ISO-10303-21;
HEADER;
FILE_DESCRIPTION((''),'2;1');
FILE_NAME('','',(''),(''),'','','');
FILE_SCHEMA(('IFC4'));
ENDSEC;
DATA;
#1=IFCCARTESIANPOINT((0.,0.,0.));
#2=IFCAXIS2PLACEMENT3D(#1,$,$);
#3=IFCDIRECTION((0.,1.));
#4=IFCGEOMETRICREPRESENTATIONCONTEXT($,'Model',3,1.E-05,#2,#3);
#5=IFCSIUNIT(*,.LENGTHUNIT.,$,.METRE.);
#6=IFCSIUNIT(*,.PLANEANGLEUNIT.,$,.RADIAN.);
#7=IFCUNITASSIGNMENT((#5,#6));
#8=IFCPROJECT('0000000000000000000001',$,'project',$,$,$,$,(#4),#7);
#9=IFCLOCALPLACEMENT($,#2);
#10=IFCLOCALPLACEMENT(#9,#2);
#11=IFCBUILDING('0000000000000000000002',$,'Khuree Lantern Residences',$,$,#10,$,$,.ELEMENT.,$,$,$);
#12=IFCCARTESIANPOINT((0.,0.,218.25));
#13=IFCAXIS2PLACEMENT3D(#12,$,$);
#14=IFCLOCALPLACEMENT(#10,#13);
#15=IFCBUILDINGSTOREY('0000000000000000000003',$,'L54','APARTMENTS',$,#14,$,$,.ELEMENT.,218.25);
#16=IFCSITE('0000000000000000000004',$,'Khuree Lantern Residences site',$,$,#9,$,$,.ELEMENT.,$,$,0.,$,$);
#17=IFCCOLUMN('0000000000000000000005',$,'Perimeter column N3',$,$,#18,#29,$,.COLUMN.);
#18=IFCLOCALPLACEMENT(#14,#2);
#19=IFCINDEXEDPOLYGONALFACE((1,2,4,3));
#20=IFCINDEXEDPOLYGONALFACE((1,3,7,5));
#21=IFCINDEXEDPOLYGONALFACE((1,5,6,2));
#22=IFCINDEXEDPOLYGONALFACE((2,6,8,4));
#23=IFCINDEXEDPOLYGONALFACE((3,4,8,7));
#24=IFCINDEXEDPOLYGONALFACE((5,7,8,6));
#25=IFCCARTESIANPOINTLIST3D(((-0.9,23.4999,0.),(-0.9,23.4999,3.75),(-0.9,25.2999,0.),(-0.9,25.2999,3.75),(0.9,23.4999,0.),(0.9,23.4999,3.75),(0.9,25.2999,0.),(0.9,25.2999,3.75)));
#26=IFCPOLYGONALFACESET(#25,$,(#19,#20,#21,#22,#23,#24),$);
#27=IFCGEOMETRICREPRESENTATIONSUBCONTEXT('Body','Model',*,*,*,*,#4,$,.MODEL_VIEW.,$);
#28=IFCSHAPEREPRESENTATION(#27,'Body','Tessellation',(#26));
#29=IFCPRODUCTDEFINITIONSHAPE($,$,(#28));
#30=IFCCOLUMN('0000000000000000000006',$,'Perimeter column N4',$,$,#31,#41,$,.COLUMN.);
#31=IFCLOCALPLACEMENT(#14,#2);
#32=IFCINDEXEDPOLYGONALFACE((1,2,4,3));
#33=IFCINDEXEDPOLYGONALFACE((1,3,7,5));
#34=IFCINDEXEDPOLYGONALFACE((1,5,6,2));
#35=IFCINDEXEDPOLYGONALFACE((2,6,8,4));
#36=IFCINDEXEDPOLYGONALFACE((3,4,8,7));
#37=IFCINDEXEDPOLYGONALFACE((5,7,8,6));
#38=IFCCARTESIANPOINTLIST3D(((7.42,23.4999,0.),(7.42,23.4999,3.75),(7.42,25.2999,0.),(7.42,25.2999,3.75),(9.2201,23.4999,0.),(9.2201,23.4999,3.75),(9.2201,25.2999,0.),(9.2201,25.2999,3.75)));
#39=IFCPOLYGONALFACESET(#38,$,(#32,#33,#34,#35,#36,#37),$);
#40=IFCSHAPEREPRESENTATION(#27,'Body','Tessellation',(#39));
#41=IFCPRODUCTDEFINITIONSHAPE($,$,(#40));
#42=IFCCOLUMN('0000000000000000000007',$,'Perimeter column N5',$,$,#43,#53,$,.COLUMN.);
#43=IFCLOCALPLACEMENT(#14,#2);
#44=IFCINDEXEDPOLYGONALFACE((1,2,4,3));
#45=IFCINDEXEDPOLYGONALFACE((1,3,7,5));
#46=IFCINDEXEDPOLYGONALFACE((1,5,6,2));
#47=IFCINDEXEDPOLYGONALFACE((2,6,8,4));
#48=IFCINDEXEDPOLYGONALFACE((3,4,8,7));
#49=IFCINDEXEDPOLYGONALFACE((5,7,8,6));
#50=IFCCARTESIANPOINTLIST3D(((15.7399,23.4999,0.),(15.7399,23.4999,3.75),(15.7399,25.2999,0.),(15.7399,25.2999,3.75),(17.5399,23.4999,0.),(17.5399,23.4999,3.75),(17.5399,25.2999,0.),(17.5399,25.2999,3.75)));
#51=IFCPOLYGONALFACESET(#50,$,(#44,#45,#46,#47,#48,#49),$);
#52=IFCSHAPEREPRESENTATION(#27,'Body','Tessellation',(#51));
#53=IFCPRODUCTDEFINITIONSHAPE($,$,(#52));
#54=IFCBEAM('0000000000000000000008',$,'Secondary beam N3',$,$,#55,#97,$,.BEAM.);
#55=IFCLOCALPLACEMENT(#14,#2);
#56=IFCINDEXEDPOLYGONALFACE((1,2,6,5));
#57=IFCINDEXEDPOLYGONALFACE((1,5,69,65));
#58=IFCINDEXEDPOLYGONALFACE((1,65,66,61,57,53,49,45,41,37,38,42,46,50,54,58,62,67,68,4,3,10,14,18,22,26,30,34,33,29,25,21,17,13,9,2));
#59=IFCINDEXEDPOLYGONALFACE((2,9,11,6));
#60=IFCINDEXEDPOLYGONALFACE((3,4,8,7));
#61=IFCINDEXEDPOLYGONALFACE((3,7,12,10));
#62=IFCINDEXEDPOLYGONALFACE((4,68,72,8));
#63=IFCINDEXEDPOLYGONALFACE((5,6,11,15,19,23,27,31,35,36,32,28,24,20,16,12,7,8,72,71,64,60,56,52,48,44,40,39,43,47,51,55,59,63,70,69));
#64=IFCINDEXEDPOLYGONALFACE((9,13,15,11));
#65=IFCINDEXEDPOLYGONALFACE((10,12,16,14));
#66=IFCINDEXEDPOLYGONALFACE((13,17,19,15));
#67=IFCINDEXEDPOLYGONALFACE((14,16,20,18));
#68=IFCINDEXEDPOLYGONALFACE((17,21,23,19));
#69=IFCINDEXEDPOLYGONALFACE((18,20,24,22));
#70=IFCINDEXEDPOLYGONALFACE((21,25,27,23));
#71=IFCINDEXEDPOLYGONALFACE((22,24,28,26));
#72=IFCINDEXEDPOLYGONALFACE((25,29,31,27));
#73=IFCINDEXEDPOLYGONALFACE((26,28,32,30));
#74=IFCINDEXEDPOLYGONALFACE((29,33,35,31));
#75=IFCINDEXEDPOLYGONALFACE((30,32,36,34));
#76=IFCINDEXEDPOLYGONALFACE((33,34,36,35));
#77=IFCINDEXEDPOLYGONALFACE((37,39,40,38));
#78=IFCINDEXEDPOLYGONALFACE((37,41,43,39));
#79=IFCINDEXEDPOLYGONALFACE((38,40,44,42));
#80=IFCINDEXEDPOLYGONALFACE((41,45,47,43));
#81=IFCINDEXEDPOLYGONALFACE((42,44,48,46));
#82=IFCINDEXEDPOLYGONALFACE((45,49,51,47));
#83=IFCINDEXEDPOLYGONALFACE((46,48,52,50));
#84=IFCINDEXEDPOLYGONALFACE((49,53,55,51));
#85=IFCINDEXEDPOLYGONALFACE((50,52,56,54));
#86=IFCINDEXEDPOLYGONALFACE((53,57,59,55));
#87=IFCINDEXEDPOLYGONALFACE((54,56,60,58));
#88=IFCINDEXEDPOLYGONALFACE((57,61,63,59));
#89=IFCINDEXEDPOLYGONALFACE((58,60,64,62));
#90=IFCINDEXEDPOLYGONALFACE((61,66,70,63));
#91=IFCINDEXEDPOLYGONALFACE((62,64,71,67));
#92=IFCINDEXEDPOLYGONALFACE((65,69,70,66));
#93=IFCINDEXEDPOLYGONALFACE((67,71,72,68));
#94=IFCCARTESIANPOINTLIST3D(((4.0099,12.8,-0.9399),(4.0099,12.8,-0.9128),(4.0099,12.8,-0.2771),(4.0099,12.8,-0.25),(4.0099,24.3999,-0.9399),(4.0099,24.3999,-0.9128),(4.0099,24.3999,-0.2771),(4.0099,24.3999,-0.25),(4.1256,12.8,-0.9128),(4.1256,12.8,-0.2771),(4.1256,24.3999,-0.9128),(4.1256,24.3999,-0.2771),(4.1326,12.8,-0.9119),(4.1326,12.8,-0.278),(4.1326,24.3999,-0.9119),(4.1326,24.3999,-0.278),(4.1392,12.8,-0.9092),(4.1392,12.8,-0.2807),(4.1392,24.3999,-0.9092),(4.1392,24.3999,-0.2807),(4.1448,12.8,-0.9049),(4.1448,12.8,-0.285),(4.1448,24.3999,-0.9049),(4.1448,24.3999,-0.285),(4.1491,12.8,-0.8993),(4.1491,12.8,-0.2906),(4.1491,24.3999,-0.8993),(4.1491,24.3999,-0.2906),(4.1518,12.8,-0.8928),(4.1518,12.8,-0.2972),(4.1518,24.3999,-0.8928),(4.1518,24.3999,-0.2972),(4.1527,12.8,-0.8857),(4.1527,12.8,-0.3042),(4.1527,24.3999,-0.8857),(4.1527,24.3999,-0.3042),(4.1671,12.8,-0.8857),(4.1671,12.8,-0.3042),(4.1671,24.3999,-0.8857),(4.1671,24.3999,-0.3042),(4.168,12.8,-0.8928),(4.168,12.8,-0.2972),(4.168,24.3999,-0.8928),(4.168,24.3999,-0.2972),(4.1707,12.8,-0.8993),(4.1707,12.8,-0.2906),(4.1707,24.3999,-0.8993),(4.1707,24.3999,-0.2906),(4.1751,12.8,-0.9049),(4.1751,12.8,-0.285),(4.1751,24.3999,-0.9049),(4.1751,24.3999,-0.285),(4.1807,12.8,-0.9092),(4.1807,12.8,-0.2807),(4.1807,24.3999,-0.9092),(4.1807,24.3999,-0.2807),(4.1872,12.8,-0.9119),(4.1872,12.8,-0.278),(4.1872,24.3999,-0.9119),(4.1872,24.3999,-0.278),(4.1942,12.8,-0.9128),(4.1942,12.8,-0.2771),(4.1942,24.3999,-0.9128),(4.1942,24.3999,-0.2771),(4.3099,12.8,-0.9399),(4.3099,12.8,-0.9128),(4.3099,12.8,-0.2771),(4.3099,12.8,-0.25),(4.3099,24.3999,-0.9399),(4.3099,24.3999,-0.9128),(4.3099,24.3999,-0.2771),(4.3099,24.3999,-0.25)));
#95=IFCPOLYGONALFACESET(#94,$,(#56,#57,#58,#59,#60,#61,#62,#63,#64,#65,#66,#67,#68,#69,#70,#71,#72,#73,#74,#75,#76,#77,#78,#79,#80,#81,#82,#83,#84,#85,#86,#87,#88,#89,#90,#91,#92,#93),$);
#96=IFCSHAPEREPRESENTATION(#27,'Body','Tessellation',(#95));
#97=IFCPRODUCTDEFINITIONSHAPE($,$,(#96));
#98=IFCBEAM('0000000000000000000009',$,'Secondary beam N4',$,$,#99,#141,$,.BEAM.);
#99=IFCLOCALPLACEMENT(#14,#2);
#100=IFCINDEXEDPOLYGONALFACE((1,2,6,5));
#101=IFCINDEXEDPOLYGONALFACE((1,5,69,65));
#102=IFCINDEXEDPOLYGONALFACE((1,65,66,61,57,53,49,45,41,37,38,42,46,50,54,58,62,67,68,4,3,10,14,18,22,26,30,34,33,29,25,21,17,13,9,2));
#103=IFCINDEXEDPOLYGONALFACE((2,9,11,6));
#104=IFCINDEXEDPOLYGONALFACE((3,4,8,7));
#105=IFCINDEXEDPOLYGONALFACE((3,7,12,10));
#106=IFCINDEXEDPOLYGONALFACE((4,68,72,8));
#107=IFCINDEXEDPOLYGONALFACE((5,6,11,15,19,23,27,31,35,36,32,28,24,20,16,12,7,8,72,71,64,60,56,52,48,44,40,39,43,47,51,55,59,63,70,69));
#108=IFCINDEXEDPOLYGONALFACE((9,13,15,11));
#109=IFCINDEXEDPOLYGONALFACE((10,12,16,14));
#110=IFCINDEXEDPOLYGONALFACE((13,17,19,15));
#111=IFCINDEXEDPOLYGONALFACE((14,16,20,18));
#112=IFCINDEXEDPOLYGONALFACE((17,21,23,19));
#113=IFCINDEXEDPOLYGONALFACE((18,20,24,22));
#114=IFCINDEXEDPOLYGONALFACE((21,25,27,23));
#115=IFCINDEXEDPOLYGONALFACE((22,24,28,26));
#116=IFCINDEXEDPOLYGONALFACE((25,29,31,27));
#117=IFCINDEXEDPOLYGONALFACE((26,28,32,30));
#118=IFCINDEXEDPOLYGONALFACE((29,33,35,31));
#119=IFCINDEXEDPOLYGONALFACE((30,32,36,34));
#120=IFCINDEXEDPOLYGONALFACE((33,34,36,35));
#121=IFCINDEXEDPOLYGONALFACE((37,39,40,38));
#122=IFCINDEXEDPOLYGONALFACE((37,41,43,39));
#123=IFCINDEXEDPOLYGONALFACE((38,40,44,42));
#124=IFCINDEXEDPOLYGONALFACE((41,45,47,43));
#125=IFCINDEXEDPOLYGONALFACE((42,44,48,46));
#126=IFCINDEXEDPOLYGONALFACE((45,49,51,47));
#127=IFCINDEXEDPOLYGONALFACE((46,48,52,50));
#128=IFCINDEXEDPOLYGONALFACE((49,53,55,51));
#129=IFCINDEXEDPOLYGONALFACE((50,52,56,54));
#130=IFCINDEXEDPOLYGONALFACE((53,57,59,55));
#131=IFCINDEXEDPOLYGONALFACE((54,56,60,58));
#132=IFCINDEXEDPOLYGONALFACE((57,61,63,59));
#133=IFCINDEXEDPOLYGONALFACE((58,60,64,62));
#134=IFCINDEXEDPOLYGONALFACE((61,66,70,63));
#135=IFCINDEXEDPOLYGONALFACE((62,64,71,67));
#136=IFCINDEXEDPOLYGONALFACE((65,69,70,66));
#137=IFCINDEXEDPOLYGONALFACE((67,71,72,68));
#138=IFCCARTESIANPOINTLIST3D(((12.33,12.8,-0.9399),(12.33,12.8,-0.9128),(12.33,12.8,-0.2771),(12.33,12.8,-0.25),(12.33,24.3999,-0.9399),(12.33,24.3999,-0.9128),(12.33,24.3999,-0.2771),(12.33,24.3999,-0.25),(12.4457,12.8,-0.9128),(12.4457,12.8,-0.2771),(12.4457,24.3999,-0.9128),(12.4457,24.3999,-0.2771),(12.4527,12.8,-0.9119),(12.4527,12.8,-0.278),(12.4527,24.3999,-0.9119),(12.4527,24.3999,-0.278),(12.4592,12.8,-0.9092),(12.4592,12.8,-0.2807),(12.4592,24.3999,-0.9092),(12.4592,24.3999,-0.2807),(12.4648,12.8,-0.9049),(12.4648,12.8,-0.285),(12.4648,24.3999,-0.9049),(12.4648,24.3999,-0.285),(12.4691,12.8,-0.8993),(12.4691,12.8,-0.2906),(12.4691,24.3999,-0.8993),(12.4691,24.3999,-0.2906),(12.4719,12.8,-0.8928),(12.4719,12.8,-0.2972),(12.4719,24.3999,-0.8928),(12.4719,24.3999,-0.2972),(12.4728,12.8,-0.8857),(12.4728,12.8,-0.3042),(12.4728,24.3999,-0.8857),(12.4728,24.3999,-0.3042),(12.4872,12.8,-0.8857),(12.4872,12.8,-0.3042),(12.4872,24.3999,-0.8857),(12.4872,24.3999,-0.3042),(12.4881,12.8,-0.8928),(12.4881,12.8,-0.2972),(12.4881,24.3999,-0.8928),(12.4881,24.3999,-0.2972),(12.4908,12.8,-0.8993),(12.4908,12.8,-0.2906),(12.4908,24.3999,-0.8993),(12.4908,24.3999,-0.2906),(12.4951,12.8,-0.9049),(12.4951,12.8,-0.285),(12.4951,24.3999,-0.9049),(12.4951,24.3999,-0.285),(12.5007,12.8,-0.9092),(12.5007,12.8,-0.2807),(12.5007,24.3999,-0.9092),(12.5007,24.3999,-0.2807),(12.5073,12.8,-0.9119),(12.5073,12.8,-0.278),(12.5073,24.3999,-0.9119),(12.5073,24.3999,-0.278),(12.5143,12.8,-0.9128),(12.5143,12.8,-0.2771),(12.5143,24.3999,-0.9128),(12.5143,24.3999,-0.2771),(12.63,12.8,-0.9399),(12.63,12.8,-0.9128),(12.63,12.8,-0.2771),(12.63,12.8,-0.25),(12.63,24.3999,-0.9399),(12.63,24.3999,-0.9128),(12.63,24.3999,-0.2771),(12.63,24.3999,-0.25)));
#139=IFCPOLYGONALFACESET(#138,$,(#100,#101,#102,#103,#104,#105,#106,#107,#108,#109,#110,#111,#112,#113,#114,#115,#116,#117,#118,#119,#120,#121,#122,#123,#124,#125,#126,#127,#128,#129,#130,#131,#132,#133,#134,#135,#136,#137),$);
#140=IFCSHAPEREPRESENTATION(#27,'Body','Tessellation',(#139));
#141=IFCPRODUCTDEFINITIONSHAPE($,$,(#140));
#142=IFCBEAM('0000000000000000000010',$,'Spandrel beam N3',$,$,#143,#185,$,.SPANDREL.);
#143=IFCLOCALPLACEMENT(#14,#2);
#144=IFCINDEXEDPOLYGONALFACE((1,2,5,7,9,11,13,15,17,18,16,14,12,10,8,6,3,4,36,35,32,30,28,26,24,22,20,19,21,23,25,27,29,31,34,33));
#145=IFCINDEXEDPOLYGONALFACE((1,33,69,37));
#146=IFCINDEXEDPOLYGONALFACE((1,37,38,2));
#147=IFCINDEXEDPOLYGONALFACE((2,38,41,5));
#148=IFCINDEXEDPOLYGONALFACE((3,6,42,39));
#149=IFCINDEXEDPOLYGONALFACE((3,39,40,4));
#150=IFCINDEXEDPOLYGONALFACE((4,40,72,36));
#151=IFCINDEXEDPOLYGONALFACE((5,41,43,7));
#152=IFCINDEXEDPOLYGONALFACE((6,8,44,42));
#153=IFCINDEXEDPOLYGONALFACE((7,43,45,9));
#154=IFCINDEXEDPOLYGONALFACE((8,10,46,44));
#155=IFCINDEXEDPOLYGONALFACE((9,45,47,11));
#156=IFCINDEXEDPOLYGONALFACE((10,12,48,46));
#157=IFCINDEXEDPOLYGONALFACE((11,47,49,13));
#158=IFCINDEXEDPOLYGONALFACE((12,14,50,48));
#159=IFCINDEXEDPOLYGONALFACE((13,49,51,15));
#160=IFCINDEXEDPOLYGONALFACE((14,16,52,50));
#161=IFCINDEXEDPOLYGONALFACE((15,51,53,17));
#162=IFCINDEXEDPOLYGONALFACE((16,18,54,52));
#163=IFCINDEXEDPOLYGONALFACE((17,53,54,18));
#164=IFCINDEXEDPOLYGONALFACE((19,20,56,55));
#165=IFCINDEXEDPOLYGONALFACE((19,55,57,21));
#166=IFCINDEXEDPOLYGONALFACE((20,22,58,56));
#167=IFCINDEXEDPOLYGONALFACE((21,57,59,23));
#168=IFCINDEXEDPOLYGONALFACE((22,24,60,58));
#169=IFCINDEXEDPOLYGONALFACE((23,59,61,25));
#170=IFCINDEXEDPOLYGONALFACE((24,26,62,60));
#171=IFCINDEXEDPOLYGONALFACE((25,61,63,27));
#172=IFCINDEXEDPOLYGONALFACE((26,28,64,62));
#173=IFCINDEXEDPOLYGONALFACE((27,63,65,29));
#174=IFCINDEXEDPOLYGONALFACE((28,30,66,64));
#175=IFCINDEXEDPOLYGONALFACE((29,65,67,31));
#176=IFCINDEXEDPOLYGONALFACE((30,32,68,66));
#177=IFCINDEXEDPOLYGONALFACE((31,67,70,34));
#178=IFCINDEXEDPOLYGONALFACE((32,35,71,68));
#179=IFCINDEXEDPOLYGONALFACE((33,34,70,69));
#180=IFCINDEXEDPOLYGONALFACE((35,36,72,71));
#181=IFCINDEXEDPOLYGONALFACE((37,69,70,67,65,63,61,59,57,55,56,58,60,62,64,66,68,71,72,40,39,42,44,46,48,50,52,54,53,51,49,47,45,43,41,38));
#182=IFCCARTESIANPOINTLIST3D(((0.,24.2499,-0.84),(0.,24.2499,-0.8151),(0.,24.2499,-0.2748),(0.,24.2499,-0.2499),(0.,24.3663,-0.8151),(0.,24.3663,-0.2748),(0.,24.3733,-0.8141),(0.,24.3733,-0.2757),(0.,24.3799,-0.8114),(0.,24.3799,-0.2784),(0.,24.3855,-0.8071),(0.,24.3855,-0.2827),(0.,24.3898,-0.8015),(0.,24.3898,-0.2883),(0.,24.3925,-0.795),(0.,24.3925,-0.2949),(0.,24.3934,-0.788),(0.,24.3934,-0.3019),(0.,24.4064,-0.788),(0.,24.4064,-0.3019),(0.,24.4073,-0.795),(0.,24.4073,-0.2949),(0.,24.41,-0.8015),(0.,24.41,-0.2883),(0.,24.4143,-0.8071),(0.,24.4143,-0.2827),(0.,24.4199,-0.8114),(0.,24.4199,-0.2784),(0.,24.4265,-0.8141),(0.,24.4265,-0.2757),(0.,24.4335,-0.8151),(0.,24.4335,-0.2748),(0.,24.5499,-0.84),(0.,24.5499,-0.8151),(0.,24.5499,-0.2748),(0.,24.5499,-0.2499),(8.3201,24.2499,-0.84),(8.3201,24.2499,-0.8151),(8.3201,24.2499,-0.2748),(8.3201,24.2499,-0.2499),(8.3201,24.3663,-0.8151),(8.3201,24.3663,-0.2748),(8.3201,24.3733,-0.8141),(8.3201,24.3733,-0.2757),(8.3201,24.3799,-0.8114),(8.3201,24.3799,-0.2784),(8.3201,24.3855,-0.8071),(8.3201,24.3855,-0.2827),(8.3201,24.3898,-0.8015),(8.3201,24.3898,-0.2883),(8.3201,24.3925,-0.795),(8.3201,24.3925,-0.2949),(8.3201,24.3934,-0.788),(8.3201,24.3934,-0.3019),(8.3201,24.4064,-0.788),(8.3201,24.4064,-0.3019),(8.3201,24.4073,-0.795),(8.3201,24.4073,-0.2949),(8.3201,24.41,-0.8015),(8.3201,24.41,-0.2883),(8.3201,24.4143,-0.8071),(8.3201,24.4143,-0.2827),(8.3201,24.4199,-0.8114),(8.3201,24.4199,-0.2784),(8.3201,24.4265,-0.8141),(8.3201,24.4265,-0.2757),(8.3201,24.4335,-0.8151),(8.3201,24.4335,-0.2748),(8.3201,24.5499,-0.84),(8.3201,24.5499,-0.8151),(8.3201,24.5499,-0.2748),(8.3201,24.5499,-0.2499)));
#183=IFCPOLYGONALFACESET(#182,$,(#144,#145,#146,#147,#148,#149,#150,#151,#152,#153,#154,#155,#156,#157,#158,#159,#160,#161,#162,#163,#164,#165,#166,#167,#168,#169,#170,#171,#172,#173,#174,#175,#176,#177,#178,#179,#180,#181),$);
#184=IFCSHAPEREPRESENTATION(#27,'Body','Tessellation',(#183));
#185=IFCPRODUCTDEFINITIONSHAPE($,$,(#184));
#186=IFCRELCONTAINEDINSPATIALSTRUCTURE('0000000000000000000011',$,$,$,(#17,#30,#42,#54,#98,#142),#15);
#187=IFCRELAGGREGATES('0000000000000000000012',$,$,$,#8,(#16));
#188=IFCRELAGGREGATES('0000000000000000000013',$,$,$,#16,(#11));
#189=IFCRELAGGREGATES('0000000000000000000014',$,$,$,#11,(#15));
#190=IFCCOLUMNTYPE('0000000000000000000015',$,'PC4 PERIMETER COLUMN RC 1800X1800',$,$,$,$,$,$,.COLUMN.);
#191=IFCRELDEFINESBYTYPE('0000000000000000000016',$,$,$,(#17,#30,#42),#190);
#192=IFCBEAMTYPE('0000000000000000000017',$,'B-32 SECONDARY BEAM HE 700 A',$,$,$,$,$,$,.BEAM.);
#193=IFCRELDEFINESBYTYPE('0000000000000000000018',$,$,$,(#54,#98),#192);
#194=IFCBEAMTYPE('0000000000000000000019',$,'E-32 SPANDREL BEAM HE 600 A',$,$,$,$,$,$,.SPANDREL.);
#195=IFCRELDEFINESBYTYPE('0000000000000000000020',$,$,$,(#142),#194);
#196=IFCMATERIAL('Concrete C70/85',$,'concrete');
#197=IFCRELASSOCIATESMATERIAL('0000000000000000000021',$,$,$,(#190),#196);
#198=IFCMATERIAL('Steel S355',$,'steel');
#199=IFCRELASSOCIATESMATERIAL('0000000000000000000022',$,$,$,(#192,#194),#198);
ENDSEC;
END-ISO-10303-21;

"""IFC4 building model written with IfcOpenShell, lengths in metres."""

from ifc_helpers import new_model, si_unit, direction, frame, origin, origin_2d, place, context, subcontext, project, spatial, rectangle, i_section, extrude, material, material_profile, profile_set, type_object, element, save


model = new_model("IFC4")

# Units and contexts
model_context = context("Model", 3, precision=1e-05, world=origin(), true_north=direction((0.0, 1.0)))
body_context = subcontext(model_context, "Body", "Model", "MODEL_VIEW")
ifc_project = project(units=[si_unit("LENGTHUNIT", "METRE"), si_unit("PLANEANGLEUNIT", "RADIAN")], contexts=[model_context])

# Site, building, storey
site_placement = place(None, origin())
site = spatial("IfcSite", under=ifc_project, at=site_placement, Name="Khuree Lantern Residences site", CompositionType="ELEMENT", RefElevation=0.0)
building_placement = place(site_placement, origin())
building = spatial("IfcBuilding", under=site, at=building_placement, Name="Khuree Lantern Residences", CompositionType="ELEMENT")
storey_placement = place(building_placement, frame((0.0, 0.0, 218.25)))
storey = spatial("IfcBuildingStorey", under=building, at=storey_placement, Name="L54", Description="APARTMENTS", CompositionType="ELEMENT", Elevation=218.25)

# Columns
ifc_material_1 = material(Name="Concrete C70/85", Category="concrete")
ifc_material_profile_1 = material_profile(ifc_material_1, rectangle(XDim=1.8, YDim=1.8, at=origin_2d()), Name="RC 1800X1800")
ifc_profile_set_1 = profile_set([ifc_material_profile_1], Name="Concrete C70/85")
column_type = type_object("IfcColumnType", Name="PC4 PERIMETER COLUMN RC 1800X1800", PredefinedType="COLUMN", material=ifc_profile_set_1)
for number, where, z_axis, x_axis, name in (
    (1, (0.0, 24.3999, 0.0), (0.0, 0.0, 1.0), (1.0, 0.0, 0.0), "Perimeter column N3"),
    (2, (8.3201, 24.3999, 0.0), (0.0, 0.0, 1.0), (1.0, 0.0, 0.0), "Perimeter column N4"),
    (3, (16.6399, 24.3999, 0.0), (0.0, 0.0, 1.0), (1.0, 0.0, 0.0), "Perimeter column N5"),
):
    element("IfcColumn", number, at=place(storey_placement, frame(where, z_axis=z_axis, x_axis=x_axis)), inside=storey, type_object=column_type, Name=name, PredefinedType="COLUMN", context=body_context, shape_type="SweptSolid", body=[
        extrude(rectangle(XDim=1.8, YDim=1.8, at=origin_2d()), origin(), (0.0, 0.0, 1.0), 3.75),
    ])

# Beams
ifc_material_2 = material(Name="Steel S355", Category="steel")
ifc_material_profile_2 = material_profile(ifc_material_2, i_section(OverallWidth=0.3, OverallDepth=0.6899, WebThickness=0.0144, FlangeThickness=0.0271, FilletRadius=0.0271, at=origin_2d()), Name="HE 700 A")
ifc_profile_set_2 = profile_set([ifc_material_profile_2], Name="Steel S355")
beam_type_1 = type_object("IfcBeamType", Name="B-32 SECONDARY BEAM HE 700 A", PredefinedType="BEAM", material=ifc_profile_set_2)
for number, where, z_axis, x_axis, name in (
    (4, (4.1599, 24.3999, -0.595), (0.0, -1.0, 0.0), (1.0, 0.0, 0.0), "Secondary beam N3"),
    (5, (12.48, 24.3999, -0.595), (0.0, -1.0, 0.0), (1.0, 0.0, 0.0), "Secondary beam N4"),
):
    element("IfcBeam", number, at=place(storey_placement, frame(where, z_axis=z_axis, x_axis=x_axis)), inside=storey, type_object=beam_type_1, Name=name, PredefinedType="BEAM", context=body_context, shape_type="SweptSolid", body=[
        extrude(i_section(OverallWidth=0.3, OverallDepth=0.6899, WebThickness=0.0144, FlangeThickness=0.0271, FilletRadius=0.0271, at=origin_2d()), origin(), (0.0, 0.0, 1.0), 11.5999),
    ])
ifc_material_profile_3 = material_profile(ifc_material_2, i_section(OverallWidth=0.3, OverallDepth=0.5901, WebThickness=0.0129, FlangeThickness=0.0249, FilletRadius=0.0271, at=origin_2d()), Name="HE 600 A")
ifc_profile_set_3 = profile_set([ifc_material_profile_3], Name="Steel S355")
beam_type_2 = type_object("IfcBeamType", Name="E-32 SPANDREL BEAM HE 600 A", PredefinedType="SPANDREL", material=ifc_profile_set_3)
beam_1_placement = place(storey_placement, frame((0.0, 24.3999, -0.5449), z_axis=(1.0, 0.0, 0.0), x_axis=(0.0, 1.0, 0.0)))
element("IfcBeam", 6, at=beam_1_placement, inside=storey, type_object=beam_type_2, Name="Spandrel beam N3", PredefinedType="SPANDREL", context=body_context, shape_type="SweptSolid", body=[
    extrude(i_section(OverallWidth=0.3, OverallDepth=0.5901, WebThickness=0.0129, FlangeThickness=0.0249, FilletRadius=0.0271, at=origin_2d()), origin(), (0.0, 0.0, 1.0), 8.3201),
])

save(model, "model.ifc")
